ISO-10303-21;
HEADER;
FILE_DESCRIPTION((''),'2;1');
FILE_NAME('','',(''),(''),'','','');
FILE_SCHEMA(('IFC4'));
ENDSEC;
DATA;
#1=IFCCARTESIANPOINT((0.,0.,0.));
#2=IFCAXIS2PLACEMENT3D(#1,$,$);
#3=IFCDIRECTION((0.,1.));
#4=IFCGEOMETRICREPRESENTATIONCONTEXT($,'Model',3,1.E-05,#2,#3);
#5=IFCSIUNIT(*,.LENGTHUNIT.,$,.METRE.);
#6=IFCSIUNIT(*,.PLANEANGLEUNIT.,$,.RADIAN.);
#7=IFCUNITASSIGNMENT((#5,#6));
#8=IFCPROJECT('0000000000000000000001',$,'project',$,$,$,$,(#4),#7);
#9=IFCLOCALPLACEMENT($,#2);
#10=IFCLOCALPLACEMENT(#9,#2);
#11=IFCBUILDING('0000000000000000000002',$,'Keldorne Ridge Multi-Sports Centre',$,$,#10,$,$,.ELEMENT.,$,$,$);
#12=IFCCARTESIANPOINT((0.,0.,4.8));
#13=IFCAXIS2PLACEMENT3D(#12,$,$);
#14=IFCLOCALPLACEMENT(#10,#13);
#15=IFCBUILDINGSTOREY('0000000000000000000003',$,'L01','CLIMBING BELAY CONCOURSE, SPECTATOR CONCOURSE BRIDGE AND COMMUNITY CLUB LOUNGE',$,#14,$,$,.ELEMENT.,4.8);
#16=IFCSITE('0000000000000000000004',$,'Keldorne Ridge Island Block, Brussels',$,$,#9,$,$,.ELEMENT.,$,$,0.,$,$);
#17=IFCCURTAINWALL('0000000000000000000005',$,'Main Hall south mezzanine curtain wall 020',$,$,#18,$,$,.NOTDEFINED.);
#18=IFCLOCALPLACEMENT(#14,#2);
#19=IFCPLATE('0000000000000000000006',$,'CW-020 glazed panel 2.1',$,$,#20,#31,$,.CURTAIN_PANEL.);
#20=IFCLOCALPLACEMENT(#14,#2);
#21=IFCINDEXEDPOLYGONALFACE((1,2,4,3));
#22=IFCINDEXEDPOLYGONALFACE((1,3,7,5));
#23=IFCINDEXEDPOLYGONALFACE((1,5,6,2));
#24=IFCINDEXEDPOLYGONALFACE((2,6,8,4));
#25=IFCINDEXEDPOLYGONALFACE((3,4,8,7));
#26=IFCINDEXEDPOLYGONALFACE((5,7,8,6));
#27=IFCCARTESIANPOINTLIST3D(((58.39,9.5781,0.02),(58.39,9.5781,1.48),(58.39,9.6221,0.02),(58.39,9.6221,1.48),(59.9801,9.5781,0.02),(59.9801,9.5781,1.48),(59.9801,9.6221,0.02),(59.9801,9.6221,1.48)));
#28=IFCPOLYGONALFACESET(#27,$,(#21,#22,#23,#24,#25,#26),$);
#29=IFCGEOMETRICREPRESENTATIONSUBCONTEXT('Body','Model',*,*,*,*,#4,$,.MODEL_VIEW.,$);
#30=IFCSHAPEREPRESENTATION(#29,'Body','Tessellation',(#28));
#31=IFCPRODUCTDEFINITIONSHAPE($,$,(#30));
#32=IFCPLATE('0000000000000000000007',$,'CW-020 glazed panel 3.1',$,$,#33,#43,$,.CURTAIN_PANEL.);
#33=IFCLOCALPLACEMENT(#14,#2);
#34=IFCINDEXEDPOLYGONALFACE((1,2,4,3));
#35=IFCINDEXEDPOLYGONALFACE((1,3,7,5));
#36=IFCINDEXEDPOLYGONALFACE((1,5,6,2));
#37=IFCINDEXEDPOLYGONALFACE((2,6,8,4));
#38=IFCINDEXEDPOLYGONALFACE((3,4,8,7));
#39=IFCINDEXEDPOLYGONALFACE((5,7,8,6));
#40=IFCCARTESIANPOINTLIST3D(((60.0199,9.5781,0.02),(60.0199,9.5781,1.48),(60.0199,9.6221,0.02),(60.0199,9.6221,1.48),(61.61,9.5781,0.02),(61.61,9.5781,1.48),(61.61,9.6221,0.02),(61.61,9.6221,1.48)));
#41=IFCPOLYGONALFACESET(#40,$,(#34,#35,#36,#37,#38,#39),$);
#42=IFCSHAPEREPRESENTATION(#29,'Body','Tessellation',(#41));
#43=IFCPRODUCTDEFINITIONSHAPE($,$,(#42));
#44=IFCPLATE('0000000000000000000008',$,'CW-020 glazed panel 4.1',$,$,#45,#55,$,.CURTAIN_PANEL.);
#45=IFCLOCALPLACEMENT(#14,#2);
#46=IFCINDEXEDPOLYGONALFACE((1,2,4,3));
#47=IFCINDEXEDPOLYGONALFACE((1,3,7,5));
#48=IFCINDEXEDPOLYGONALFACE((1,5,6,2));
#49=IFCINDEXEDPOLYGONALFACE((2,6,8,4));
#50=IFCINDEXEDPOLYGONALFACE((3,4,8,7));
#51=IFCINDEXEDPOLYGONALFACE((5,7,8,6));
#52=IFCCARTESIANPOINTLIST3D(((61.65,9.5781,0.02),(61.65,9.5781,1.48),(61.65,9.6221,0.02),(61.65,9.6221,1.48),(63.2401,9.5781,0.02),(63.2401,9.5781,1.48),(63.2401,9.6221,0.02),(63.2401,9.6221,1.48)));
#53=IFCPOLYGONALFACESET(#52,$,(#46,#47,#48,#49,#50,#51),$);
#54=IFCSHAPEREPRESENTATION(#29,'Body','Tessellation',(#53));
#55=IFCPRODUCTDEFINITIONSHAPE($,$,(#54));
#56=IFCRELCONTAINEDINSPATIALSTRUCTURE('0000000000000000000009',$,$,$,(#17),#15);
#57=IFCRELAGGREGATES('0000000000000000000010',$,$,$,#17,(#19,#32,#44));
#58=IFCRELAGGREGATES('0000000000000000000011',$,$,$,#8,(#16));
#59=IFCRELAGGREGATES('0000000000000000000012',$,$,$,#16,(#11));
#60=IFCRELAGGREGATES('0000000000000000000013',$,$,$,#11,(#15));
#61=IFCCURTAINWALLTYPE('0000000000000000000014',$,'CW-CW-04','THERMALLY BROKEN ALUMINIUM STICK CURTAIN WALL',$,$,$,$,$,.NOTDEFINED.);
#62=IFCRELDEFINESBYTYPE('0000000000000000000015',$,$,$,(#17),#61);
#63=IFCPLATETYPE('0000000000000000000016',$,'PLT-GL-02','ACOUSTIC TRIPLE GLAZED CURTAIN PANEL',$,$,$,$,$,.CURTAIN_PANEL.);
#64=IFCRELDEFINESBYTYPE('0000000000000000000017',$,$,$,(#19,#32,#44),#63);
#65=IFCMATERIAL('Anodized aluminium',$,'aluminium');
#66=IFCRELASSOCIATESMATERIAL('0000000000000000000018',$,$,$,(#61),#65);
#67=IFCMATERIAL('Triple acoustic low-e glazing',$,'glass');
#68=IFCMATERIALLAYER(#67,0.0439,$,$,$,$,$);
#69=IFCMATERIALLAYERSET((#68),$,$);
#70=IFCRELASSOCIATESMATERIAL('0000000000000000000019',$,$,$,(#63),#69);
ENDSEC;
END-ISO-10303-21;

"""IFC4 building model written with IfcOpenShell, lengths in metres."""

from ifc_helpers import new_model, si_unit, direction, frame, origin, origin_2d, place, context, subcontext, project, spatial, rectangle, extrude, material, layer, layer_set, type_object, element, aggregate, save


model = new_model("IFC4")

# Units and contexts
model_context = context("Model", 3, precision=1e-05, world=origin(), true_north=direction((0.0, 1.0)))
body_context = subcontext(model_context, "Body", "Model", "MODEL_VIEW")
ifc_project = project(units=[si_unit("LENGTHUNIT", "METRE"), si_unit("PLANEANGLEUNIT", "RADIAN")], contexts=[model_context])

# Site, building, storey
site_placement = place(None, origin())
site = spatial("IfcSite", under=ifc_project, at=site_placement, Name="Keldorne Ridge Island Block, Brussels", CompositionType="ELEMENT", RefElevation=0.0)
building_placement = place(site_placement, origin())
building = spatial("IfcBuilding", under=site, at=building_placement, Name="Keldorne Ridge Multi-Sports Centre", CompositionType="ELEMENT")
storey_placement = place(building_placement, frame((0.0, 0.0, 4.8)))
storey = spatial("IfcBuildingStorey", under=building, at=storey_placement, Name="L01", Description="CLIMBING BELAY CONCOURSE, SPECTATOR CONCOURSE BRIDGE AND COMMUNITY CLUB LOUNGE", CompositionType="ELEMENT", Elevation=4.8)

# Curtain wall
ifc_material_1 = material(Name="Anodized aluminium", Category="aluminium")
curtain_wall_type_1 = type_object("IfcCurtainWallType", Name="CW-CW-04", Description="THERMALLY BROKEN ALUMINIUM STICK CURTAIN WALL", PredefinedType="NOTDEFINED", material=ifc_material_1)
curtain_wall_1_placement = place(storey_placement, origin())
curtain_wall_1 = element("IfcCurtainWall", 1, at=curtain_wall_1_placement, inside=storey, type_object=curtain_wall_type_1, Name="Main Hall south mezzanine curtain wall 020", PredefinedType="NOTDEFINED")

# Plates
ifc_material_2 = material(Name="Triple acoustic low-e glazing", Category="glass")
ifc_layer = layer(ifc_material_2, 0.0439)
ifc_layer_set = layer_set([ifc_layer])
plate_type = type_object("IfcPlateType", Name="PLT-GL-02", Description="ACOUSTIC TRIPLE GLAZED CURTAIN PANEL", PredefinedType="CURTAIN_PANEL", material=ifc_layer_set)
plate_1_placement = place(storey_placement, frame((59.1851, 9.6001, 0.02), z_axis=(0.0, 0.0, 1.0), x_axis=(1.0, 0.0, 0.0)))
plate_1 = element("IfcPlate", 2, at=plate_1_placement, type_object=plate_type, Name="CW-020 glazed panel 2.1", PredefinedType="CURTAIN_PANEL", context=body_context, shape_type="SweptSolid", body=[
    extrude(rectangle(XDim=1.5901, YDim=0.0439, at=origin_2d()), origin(), (0.0, 0.0, 1.0), 1.46),
])
plate_2_placement = place(storey_placement, frame((60.8149, 9.6001, 0.02), z_axis=(0.0, 0.0, 1.0), x_axis=(1.0, 0.0, 0.0)))
plate_2 = element("IfcPlate", 3, at=plate_2_placement, type_object=plate_type, Name="CW-020 glazed panel 3.1", PredefinedType="CURTAIN_PANEL", context=body_context, shape_type="SweptSolid", body=[
    extrude(rectangle(XDim=1.5901, YDim=0.0439, at=origin_2d()), origin(), (0.0, 0.0, 1.0), 1.46),
])
plate_3_placement = place(storey_placement, frame((62.4451, 9.6001, 0.02), z_axis=(0.0, 0.0, 1.0), x_axis=(1.0, 0.0, 0.0)))
plate_3 = element("IfcPlate", 4, at=plate_3_placement, type_object=plate_type, Name="CW-020 glazed panel 4.1", PredefinedType="CURTAIN_PANEL", context=body_context, shape_type="SweptSolid", body=[
    extrude(rectangle(XDim=1.5901, YDim=0.0439, at=origin_2d()), origin(), (0.0, 0.0, 1.0), 1.46),
])
aggregate(curtain_wall_1, [plate_1, plate_2, plate_3])

save(model, "model.ifc")
